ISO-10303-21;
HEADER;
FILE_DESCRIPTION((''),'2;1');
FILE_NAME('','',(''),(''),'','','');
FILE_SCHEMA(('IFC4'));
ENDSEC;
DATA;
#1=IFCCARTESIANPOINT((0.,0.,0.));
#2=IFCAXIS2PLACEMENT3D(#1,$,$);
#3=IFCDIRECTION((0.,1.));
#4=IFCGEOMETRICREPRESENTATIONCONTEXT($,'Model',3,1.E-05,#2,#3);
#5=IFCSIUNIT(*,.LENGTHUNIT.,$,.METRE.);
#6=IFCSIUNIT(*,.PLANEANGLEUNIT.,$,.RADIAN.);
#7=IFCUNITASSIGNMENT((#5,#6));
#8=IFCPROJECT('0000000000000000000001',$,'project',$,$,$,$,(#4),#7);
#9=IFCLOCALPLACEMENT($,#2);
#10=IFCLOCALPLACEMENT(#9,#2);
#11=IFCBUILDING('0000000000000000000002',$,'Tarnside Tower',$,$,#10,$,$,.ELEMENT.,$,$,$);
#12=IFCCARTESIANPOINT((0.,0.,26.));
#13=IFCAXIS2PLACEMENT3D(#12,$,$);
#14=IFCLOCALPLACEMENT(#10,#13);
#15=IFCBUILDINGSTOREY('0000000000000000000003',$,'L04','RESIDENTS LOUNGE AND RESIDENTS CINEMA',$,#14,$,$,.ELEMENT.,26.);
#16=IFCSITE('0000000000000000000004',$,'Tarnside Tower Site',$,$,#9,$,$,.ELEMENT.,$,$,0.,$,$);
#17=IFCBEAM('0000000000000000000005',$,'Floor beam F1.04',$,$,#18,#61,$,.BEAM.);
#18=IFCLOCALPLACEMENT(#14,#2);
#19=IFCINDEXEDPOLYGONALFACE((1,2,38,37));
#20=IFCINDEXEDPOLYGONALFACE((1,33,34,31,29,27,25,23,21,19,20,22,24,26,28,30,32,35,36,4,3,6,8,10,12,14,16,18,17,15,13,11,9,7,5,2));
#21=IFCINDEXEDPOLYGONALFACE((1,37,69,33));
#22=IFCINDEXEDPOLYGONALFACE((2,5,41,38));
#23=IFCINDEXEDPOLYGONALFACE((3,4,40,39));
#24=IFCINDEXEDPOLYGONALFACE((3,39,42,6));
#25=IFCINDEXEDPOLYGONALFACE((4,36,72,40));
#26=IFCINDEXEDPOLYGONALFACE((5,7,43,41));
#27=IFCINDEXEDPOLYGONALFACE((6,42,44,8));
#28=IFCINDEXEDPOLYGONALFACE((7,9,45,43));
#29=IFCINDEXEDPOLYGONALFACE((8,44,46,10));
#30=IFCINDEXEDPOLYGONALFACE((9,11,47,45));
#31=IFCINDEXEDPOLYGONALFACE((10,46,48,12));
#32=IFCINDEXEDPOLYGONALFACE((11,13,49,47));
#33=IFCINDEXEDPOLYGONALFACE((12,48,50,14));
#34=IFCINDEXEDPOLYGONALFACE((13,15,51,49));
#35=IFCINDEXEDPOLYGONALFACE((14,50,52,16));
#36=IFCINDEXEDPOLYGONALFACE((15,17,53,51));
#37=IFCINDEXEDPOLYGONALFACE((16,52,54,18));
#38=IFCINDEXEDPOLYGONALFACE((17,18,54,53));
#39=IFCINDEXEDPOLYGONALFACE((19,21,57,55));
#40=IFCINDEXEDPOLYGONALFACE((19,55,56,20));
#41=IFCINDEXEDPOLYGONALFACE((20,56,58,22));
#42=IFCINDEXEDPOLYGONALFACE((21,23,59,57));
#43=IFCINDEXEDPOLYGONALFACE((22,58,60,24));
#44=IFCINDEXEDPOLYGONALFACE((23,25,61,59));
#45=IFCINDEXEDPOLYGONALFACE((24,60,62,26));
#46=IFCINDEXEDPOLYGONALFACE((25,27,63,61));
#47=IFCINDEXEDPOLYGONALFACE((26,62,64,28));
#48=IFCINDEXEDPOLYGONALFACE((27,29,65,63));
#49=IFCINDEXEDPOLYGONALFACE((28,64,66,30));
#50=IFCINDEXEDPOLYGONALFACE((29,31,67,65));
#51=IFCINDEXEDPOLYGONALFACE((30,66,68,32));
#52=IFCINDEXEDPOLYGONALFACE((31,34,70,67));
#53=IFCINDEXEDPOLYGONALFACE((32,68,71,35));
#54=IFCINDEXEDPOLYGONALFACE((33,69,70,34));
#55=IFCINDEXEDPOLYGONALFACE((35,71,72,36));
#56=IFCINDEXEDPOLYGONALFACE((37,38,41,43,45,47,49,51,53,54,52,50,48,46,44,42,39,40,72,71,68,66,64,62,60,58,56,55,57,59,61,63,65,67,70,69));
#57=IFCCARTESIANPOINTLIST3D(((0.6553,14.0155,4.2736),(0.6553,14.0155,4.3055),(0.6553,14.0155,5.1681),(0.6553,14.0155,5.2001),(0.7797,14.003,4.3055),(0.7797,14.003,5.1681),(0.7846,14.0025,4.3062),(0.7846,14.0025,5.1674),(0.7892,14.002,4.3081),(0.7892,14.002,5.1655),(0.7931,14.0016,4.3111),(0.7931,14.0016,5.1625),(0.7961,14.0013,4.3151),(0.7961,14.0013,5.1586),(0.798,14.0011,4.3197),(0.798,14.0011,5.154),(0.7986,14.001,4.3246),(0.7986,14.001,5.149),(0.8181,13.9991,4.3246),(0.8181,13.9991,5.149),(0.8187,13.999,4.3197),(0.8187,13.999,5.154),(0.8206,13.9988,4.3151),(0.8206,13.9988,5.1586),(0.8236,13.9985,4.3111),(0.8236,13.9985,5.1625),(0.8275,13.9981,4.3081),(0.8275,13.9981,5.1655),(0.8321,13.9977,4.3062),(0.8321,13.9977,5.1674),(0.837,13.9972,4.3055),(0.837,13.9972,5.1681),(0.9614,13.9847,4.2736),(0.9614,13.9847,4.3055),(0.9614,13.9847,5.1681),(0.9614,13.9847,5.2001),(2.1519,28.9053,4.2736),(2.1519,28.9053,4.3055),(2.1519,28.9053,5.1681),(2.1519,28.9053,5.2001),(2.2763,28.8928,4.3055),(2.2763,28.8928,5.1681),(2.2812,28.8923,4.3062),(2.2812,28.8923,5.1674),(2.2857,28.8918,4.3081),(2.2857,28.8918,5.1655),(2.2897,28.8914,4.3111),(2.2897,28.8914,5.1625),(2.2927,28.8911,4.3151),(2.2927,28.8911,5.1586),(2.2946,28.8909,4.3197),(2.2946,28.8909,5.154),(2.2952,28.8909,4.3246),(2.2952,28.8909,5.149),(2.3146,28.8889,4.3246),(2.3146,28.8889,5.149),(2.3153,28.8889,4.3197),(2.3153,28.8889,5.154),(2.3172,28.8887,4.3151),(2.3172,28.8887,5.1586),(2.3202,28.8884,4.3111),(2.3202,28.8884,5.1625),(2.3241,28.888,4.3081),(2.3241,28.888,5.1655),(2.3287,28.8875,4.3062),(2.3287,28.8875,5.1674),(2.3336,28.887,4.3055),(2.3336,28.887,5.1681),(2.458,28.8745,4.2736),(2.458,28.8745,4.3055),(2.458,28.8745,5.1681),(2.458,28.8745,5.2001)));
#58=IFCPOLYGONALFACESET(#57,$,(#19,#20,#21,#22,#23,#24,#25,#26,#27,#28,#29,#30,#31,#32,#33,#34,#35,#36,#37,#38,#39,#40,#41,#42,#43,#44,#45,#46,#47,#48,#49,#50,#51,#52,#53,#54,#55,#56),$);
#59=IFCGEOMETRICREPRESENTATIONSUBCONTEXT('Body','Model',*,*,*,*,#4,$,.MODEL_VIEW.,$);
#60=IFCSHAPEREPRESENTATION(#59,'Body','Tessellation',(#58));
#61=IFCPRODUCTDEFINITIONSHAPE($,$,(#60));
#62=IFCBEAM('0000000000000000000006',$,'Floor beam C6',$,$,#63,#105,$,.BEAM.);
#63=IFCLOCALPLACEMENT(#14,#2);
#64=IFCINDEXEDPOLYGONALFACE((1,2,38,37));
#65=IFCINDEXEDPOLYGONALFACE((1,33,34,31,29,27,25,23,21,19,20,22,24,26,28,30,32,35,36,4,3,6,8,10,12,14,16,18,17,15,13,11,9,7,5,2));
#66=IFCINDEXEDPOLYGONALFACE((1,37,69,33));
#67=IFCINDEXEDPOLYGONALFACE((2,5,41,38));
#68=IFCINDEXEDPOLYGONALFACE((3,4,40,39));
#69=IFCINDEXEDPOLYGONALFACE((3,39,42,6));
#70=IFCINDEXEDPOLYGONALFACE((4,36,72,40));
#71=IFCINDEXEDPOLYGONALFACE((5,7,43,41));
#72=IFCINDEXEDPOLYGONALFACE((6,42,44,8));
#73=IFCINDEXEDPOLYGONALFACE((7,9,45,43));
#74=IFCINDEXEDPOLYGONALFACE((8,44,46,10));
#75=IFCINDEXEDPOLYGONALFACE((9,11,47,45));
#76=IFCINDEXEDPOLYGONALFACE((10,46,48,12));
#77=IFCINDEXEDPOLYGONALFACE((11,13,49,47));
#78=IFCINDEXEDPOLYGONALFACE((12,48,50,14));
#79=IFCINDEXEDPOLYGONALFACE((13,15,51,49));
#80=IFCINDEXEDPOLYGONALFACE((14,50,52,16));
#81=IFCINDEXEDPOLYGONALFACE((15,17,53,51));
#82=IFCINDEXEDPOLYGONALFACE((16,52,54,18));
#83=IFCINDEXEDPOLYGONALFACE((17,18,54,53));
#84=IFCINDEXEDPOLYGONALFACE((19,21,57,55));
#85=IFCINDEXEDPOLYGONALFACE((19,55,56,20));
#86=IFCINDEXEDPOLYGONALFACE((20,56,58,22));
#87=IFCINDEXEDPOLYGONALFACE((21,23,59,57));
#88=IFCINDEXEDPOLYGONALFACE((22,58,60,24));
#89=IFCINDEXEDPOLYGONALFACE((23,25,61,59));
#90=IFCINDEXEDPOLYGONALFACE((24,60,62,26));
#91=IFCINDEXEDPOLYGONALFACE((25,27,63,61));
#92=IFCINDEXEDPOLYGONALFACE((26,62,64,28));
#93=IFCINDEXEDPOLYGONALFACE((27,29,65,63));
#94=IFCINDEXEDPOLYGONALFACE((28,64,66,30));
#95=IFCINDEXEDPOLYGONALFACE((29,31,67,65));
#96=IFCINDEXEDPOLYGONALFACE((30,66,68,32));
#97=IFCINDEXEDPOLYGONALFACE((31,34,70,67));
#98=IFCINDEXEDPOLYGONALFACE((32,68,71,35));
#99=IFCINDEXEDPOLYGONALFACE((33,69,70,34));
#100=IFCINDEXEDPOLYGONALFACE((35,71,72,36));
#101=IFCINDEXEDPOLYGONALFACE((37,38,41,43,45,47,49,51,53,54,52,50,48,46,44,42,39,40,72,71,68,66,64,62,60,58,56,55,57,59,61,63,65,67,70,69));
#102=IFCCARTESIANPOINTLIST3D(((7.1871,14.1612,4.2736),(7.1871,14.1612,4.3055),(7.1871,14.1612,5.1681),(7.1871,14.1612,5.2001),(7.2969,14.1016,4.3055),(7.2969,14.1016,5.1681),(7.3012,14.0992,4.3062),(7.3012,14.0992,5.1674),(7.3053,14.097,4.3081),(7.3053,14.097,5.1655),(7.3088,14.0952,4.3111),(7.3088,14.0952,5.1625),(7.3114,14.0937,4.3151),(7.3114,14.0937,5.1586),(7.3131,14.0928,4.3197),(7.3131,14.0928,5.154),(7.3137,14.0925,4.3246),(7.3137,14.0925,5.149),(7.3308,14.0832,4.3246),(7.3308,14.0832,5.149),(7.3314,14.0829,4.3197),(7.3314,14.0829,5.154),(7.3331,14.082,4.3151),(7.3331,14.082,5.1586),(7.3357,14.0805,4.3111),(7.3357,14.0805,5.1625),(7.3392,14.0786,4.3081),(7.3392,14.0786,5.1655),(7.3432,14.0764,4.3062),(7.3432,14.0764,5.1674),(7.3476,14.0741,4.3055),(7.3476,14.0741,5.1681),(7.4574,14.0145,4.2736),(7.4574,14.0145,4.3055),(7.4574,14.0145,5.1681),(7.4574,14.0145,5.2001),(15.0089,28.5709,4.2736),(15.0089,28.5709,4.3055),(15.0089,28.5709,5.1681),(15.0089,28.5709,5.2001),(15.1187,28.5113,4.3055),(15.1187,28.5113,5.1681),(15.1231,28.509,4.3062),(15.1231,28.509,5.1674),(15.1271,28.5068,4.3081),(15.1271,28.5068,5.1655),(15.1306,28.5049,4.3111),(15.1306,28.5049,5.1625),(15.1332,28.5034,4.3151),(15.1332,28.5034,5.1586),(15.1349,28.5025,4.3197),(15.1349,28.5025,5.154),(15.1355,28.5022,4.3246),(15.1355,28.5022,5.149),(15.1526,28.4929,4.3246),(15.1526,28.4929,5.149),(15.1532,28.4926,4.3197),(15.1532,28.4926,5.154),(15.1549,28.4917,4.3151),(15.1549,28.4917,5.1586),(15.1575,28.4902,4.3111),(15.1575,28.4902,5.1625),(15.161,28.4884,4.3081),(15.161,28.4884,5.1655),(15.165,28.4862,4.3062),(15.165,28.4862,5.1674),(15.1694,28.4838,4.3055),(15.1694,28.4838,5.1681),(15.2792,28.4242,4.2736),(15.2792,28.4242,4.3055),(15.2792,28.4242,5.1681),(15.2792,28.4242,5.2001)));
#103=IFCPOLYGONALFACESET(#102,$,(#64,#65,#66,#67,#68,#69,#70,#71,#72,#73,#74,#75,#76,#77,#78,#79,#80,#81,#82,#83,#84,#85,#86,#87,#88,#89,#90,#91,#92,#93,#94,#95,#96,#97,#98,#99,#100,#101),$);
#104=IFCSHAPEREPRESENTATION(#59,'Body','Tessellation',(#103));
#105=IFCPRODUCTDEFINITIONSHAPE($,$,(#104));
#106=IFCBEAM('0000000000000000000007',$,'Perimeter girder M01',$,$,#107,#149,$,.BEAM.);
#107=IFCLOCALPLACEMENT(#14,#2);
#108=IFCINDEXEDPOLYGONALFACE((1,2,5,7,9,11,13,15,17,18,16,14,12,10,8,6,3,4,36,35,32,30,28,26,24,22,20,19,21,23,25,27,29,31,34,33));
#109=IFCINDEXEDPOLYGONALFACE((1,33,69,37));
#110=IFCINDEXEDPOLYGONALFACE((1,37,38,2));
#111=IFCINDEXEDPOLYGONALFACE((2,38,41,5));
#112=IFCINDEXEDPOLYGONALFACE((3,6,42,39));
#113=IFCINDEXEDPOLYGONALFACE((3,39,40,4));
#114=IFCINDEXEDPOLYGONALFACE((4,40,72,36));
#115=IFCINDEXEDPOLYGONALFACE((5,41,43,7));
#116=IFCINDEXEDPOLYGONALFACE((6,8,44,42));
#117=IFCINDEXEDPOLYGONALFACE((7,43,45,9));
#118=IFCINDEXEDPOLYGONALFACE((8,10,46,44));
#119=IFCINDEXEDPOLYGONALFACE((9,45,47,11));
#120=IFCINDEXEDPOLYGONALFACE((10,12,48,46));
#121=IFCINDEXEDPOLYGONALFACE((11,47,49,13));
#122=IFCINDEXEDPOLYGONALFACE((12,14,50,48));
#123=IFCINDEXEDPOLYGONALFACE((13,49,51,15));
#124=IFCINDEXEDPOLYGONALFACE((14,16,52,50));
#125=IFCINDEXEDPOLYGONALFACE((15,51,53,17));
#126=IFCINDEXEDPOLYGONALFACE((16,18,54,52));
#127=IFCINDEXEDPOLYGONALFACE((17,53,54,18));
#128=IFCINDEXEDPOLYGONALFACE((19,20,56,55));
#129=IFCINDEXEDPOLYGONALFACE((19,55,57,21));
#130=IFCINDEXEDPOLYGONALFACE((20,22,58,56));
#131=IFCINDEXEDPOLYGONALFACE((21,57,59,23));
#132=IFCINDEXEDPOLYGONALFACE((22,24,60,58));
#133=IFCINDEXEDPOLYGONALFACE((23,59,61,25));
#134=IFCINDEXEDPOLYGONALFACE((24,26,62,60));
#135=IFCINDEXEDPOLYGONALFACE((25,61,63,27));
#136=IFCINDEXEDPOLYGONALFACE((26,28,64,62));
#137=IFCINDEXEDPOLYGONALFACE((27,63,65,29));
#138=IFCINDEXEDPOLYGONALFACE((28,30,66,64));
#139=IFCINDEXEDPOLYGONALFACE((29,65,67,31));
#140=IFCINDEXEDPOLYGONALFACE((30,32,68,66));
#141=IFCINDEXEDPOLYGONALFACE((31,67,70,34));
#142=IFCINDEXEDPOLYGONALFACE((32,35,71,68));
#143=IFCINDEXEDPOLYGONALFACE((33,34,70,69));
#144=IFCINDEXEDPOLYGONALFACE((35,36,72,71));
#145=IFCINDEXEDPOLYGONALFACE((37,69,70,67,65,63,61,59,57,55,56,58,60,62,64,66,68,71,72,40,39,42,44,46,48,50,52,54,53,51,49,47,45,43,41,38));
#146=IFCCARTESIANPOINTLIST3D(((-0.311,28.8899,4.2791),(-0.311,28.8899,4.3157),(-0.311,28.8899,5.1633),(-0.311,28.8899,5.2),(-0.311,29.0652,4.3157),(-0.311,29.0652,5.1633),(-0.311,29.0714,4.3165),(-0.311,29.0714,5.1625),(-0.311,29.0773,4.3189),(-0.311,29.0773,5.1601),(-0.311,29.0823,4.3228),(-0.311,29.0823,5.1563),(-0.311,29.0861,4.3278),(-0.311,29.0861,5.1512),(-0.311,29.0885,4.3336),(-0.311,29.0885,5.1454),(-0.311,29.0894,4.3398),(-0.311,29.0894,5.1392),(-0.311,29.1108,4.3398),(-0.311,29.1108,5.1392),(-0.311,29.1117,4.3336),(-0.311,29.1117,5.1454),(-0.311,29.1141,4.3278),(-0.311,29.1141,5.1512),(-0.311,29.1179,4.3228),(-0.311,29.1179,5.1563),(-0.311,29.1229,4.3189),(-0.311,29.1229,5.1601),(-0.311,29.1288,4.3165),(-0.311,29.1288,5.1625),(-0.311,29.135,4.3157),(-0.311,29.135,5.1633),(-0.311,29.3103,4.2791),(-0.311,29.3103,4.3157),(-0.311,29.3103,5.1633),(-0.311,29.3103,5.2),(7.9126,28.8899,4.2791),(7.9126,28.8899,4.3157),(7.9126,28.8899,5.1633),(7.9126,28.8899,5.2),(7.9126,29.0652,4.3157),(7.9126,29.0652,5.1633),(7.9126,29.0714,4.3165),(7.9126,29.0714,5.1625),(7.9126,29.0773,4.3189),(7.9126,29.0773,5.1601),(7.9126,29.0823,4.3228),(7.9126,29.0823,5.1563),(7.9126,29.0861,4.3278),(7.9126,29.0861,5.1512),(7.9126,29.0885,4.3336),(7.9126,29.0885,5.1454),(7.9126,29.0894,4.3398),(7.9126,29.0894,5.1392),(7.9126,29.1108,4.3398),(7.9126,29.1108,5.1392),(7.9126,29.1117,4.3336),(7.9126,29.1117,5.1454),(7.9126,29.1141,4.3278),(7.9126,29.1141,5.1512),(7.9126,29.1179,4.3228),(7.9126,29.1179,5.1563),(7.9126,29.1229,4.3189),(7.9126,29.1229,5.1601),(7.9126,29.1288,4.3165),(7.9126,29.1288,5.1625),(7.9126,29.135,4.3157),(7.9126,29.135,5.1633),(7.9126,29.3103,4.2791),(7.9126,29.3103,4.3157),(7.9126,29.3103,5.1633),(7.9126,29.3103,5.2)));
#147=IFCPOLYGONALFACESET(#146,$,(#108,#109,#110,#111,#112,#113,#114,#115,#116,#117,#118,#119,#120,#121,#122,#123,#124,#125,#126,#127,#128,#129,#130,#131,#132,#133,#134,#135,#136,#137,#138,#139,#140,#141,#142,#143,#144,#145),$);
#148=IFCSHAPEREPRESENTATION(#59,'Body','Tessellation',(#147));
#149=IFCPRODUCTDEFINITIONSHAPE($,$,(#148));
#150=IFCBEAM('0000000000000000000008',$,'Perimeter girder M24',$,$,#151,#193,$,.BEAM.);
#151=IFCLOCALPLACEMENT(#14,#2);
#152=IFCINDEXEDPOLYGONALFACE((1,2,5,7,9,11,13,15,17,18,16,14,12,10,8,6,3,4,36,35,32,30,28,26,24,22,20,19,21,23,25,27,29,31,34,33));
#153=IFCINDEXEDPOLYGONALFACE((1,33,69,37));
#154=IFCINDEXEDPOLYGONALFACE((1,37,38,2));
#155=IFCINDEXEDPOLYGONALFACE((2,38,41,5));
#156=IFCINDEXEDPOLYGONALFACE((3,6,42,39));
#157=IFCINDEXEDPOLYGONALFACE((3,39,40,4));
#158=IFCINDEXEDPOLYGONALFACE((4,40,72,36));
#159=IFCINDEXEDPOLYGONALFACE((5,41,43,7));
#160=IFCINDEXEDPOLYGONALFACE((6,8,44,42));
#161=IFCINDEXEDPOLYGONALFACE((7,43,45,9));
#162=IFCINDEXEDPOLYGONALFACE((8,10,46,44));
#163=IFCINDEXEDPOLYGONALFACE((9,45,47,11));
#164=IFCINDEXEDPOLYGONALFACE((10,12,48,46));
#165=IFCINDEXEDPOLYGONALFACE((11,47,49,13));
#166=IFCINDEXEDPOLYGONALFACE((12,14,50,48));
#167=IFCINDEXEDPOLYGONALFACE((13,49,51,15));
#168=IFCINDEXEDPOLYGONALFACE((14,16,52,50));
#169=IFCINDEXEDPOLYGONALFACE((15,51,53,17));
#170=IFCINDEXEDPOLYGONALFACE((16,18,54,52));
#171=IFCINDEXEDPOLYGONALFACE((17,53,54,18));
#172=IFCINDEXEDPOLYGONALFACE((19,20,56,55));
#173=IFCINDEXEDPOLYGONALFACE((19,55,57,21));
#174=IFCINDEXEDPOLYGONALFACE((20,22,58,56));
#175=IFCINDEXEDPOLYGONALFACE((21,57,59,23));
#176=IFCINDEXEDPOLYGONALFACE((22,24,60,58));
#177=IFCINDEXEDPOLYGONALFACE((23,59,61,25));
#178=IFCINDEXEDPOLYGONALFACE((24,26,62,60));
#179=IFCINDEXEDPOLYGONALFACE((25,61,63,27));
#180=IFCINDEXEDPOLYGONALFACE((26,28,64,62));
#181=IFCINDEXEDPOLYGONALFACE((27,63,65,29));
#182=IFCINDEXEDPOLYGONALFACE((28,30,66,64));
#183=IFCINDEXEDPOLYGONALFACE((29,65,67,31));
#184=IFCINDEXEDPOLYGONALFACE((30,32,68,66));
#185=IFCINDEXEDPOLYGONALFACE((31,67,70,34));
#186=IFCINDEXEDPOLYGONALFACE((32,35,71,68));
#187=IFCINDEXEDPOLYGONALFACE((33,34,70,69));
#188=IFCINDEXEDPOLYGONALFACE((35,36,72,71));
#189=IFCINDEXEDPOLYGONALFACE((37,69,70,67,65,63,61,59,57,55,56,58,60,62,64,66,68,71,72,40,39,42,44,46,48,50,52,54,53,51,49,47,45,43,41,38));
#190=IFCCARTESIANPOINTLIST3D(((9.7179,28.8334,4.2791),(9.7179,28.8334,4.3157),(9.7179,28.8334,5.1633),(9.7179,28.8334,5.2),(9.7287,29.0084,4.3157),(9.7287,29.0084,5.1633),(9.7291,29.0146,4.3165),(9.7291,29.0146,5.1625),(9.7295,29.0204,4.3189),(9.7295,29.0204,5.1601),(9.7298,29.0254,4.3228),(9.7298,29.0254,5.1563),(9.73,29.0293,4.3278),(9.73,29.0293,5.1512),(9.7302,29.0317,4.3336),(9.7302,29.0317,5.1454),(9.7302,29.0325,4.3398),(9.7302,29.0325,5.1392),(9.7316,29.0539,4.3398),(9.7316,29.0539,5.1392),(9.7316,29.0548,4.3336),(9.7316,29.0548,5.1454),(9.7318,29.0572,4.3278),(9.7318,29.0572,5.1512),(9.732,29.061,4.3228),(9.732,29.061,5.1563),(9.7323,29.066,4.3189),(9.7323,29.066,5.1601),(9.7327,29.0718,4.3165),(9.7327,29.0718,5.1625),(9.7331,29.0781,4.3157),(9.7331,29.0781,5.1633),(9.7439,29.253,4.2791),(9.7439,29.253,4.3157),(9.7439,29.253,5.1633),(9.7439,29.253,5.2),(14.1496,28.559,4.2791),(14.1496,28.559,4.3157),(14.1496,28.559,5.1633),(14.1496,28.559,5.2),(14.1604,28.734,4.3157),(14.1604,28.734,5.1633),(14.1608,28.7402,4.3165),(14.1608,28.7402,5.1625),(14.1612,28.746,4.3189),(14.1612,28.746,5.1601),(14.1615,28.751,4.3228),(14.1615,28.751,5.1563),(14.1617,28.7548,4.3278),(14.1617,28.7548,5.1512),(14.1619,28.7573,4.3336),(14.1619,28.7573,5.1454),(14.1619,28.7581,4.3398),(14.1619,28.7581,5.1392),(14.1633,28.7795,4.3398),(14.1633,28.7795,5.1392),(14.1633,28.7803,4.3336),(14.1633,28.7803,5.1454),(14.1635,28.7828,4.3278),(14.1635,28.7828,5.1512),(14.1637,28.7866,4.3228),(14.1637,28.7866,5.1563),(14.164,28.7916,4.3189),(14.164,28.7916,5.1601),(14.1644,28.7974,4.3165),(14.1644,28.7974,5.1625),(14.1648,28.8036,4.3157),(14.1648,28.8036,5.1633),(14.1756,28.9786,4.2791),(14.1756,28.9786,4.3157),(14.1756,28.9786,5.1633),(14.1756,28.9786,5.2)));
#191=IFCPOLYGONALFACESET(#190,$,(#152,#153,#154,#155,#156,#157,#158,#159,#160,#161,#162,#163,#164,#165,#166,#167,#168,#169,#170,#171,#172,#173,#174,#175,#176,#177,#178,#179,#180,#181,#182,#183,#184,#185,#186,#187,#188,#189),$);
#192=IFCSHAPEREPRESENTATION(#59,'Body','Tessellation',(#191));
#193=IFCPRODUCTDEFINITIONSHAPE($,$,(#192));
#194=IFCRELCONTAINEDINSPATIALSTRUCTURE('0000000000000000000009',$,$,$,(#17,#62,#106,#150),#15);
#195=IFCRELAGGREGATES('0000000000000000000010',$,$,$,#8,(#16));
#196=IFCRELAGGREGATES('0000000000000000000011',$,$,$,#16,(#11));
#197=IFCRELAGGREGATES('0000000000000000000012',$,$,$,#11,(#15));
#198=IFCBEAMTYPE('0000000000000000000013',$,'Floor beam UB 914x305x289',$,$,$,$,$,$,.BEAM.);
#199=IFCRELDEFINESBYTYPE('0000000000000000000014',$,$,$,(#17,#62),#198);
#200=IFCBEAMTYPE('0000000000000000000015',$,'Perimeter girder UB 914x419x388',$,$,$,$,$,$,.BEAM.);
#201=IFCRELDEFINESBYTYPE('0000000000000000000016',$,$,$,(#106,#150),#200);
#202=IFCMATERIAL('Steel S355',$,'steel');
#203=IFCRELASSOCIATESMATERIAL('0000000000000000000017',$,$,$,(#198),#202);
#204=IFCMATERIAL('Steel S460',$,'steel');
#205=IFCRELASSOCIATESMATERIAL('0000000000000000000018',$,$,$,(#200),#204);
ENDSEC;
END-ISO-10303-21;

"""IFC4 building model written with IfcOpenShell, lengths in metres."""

from ifc_helpers import new_model, si_unit, direction, frame, origin, origin_2d, place, context, subcontext, project, spatial, i_section, extrude, material, material_profile, profile_set, type_object, element, save


model = new_model("IFC4")

# Units and contexts
model_context = context("Model", 3, precision=1e-05, world=origin(), true_north=direction((0.0, 1.0)))
body_context = subcontext(model_context, "Body", "Model", "MODEL_VIEW")
ifc_project = project(units=[si_unit("LENGTHUNIT", "METRE"), si_unit("PLANEANGLEUNIT", "RADIAN")], contexts=[model_context])

# Site, building, storey
site_placement = place(None, origin())
site = spatial("IfcSite", under=ifc_project, at=site_placement, Name="Tarnside Tower Site", CompositionType="ELEMENT", RefElevation=0.0)
building_placement = place(site_placement, origin())
building = spatial("IfcBuilding", under=site, at=building_placement, Name="Tarnside Tower", CompositionType="ELEMENT")
storey_placement = place(building_placement, frame((0.0, 0.0, 26.0)))
storey = spatial("IfcBuildingStorey", under=building, at=storey_placement, Name="L04", Description="RESIDENTS LOUNGE AND RESIDENTS CINEMA", CompositionType="ELEMENT", Elevation=26.0)

# Beams
ifc_material_1 = material(Name="Steel S355", Category="steel")
ifc_material_profile_1 = material_profile(ifc_material_1, i_section(OverallWidth=0.3076, OverallDepth=0.9265, WebThickness=0.0195, FlangeThickness=0.032, FilletRadius=0.019, at=origin_2d()), Name="UB 914x305x289")
ifc_profile_set_1 = profile_set([ifc_material_profile_1], Name="Steel S355")
beam_type_1 = type_object("IfcBeamType", Name="Floor beam UB 914x305x289", PredefinedType="BEAM", material=ifc_profile_set_1)
beam_1_placement = place(storey_placement, frame((2.3049, 28.8899, 4.7368), z_axis=(-0.100006, -0.994987, 0.0), x_axis=(0.994987, -0.100006, 0.0)))
element("IfcBeam", 1, at=beam_1_placement, inside=storey, type_object=beam_type_1, Name="Floor beam F1.04", PredefinedType="BEAM", context=body_context, shape_type="SweptSolid", body=[
    extrude(i_section(OverallWidth=0.3076, OverallDepth=0.9265, WebThickness=0.0195, FlangeThickness=0.032, FilletRadius=0.019, at=origin_2d()), origin(), (0.0, 0.0, 1.0), 14.9648),
])
beam_2_placement = place(storey_placement, frame((15.144, 28.4976, 4.7368), z_axis=(-0.477063, -0.878869, 0.0), x_axis=(0.878869, -0.477063, 0.0)))
element("IfcBeam", 2, at=beam_2_placement, inside=storey, type_object=beam_type_1, Name="Floor beam C6", PredefinedType="BEAM", context=body_context, shape_type="SweptSolid", body=[
    extrude(i_section(OverallWidth=0.3076, OverallDepth=0.9265, WebThickness=0.0195, FlangeThickness=0.032, FilletRadius=0.019, at=origin_2d()), origin(), (0.0, 0.0, 1.0), 16.3958),
])
ifc_material_2 = material(Name="Steel S460", Category="steel")
ifc_material_profile_2 = material_profile(ifc_material_2, i_section(OverallWidth=0.4204, OverallDepth=0.9209, WebThickness=0.0215, FlangeThickness=0.0366, FilletRadius=0.0242, at=origin_2d()), Name="UB 914x419x388")
ifc_profile_set_2 = profile_set([ifc_material_profile_2], Name="Steel S460")
beam_type_2 = type_object("IfcBeamType", Name="Perimeter girder UB 914x419x388", PredefinedType="BEAM", material=ifc_profile_set_2)
beam_3_placement = place(storey_placement, frame((7.9126, 29.1001, 4.7395), z_axis=(-1.0, 0.0, 0.0), x_axis=(0.0, -1.0, 0.0)))
element("IfcBeam", 3, at=beam_3_placement, inside=storey, type_object=beam_type_2, Name="Perimeter girder M01", PredefinedType="BEAM", context=body_context, shape_type="SweptSolid", body=[
    extrude(i_section(OverallWidth=0.4204, OverallDepth=0.9209, WebThickness=0.0215, FlangeThickness=0.0366, FilletRadius=0.0242, at=origin_2d()), origin(), (0.0, 0.0, 1.0), 8.2236),
])
beam_4_placement = place(storey_placement, frame((14.1626, 28.7688, 4.7395), z_axis=(-0.998088, 0.061803, 0.0), x_axis=(-0.061803, -0.998088, 0.0)))
element("IfcBeam", 4, at=beam_4_placement, inside=storey, type_object=beam_type_2, Name="Perimeter girder M24", PredefinedType="BEAM", context=body_context, shape_type="SweptSolid", body=[
    extrude(i_section(OverallWidth=0.4204, OverallDepth=0.9209, WebThickness=0.0215, FlangeThickness=0.0366, FilletRadius=0.0242, at=origin_2d()), origin(), (0.0, 0.0, 1.0), 4.4402),
])

save(model, "model.ifc")
